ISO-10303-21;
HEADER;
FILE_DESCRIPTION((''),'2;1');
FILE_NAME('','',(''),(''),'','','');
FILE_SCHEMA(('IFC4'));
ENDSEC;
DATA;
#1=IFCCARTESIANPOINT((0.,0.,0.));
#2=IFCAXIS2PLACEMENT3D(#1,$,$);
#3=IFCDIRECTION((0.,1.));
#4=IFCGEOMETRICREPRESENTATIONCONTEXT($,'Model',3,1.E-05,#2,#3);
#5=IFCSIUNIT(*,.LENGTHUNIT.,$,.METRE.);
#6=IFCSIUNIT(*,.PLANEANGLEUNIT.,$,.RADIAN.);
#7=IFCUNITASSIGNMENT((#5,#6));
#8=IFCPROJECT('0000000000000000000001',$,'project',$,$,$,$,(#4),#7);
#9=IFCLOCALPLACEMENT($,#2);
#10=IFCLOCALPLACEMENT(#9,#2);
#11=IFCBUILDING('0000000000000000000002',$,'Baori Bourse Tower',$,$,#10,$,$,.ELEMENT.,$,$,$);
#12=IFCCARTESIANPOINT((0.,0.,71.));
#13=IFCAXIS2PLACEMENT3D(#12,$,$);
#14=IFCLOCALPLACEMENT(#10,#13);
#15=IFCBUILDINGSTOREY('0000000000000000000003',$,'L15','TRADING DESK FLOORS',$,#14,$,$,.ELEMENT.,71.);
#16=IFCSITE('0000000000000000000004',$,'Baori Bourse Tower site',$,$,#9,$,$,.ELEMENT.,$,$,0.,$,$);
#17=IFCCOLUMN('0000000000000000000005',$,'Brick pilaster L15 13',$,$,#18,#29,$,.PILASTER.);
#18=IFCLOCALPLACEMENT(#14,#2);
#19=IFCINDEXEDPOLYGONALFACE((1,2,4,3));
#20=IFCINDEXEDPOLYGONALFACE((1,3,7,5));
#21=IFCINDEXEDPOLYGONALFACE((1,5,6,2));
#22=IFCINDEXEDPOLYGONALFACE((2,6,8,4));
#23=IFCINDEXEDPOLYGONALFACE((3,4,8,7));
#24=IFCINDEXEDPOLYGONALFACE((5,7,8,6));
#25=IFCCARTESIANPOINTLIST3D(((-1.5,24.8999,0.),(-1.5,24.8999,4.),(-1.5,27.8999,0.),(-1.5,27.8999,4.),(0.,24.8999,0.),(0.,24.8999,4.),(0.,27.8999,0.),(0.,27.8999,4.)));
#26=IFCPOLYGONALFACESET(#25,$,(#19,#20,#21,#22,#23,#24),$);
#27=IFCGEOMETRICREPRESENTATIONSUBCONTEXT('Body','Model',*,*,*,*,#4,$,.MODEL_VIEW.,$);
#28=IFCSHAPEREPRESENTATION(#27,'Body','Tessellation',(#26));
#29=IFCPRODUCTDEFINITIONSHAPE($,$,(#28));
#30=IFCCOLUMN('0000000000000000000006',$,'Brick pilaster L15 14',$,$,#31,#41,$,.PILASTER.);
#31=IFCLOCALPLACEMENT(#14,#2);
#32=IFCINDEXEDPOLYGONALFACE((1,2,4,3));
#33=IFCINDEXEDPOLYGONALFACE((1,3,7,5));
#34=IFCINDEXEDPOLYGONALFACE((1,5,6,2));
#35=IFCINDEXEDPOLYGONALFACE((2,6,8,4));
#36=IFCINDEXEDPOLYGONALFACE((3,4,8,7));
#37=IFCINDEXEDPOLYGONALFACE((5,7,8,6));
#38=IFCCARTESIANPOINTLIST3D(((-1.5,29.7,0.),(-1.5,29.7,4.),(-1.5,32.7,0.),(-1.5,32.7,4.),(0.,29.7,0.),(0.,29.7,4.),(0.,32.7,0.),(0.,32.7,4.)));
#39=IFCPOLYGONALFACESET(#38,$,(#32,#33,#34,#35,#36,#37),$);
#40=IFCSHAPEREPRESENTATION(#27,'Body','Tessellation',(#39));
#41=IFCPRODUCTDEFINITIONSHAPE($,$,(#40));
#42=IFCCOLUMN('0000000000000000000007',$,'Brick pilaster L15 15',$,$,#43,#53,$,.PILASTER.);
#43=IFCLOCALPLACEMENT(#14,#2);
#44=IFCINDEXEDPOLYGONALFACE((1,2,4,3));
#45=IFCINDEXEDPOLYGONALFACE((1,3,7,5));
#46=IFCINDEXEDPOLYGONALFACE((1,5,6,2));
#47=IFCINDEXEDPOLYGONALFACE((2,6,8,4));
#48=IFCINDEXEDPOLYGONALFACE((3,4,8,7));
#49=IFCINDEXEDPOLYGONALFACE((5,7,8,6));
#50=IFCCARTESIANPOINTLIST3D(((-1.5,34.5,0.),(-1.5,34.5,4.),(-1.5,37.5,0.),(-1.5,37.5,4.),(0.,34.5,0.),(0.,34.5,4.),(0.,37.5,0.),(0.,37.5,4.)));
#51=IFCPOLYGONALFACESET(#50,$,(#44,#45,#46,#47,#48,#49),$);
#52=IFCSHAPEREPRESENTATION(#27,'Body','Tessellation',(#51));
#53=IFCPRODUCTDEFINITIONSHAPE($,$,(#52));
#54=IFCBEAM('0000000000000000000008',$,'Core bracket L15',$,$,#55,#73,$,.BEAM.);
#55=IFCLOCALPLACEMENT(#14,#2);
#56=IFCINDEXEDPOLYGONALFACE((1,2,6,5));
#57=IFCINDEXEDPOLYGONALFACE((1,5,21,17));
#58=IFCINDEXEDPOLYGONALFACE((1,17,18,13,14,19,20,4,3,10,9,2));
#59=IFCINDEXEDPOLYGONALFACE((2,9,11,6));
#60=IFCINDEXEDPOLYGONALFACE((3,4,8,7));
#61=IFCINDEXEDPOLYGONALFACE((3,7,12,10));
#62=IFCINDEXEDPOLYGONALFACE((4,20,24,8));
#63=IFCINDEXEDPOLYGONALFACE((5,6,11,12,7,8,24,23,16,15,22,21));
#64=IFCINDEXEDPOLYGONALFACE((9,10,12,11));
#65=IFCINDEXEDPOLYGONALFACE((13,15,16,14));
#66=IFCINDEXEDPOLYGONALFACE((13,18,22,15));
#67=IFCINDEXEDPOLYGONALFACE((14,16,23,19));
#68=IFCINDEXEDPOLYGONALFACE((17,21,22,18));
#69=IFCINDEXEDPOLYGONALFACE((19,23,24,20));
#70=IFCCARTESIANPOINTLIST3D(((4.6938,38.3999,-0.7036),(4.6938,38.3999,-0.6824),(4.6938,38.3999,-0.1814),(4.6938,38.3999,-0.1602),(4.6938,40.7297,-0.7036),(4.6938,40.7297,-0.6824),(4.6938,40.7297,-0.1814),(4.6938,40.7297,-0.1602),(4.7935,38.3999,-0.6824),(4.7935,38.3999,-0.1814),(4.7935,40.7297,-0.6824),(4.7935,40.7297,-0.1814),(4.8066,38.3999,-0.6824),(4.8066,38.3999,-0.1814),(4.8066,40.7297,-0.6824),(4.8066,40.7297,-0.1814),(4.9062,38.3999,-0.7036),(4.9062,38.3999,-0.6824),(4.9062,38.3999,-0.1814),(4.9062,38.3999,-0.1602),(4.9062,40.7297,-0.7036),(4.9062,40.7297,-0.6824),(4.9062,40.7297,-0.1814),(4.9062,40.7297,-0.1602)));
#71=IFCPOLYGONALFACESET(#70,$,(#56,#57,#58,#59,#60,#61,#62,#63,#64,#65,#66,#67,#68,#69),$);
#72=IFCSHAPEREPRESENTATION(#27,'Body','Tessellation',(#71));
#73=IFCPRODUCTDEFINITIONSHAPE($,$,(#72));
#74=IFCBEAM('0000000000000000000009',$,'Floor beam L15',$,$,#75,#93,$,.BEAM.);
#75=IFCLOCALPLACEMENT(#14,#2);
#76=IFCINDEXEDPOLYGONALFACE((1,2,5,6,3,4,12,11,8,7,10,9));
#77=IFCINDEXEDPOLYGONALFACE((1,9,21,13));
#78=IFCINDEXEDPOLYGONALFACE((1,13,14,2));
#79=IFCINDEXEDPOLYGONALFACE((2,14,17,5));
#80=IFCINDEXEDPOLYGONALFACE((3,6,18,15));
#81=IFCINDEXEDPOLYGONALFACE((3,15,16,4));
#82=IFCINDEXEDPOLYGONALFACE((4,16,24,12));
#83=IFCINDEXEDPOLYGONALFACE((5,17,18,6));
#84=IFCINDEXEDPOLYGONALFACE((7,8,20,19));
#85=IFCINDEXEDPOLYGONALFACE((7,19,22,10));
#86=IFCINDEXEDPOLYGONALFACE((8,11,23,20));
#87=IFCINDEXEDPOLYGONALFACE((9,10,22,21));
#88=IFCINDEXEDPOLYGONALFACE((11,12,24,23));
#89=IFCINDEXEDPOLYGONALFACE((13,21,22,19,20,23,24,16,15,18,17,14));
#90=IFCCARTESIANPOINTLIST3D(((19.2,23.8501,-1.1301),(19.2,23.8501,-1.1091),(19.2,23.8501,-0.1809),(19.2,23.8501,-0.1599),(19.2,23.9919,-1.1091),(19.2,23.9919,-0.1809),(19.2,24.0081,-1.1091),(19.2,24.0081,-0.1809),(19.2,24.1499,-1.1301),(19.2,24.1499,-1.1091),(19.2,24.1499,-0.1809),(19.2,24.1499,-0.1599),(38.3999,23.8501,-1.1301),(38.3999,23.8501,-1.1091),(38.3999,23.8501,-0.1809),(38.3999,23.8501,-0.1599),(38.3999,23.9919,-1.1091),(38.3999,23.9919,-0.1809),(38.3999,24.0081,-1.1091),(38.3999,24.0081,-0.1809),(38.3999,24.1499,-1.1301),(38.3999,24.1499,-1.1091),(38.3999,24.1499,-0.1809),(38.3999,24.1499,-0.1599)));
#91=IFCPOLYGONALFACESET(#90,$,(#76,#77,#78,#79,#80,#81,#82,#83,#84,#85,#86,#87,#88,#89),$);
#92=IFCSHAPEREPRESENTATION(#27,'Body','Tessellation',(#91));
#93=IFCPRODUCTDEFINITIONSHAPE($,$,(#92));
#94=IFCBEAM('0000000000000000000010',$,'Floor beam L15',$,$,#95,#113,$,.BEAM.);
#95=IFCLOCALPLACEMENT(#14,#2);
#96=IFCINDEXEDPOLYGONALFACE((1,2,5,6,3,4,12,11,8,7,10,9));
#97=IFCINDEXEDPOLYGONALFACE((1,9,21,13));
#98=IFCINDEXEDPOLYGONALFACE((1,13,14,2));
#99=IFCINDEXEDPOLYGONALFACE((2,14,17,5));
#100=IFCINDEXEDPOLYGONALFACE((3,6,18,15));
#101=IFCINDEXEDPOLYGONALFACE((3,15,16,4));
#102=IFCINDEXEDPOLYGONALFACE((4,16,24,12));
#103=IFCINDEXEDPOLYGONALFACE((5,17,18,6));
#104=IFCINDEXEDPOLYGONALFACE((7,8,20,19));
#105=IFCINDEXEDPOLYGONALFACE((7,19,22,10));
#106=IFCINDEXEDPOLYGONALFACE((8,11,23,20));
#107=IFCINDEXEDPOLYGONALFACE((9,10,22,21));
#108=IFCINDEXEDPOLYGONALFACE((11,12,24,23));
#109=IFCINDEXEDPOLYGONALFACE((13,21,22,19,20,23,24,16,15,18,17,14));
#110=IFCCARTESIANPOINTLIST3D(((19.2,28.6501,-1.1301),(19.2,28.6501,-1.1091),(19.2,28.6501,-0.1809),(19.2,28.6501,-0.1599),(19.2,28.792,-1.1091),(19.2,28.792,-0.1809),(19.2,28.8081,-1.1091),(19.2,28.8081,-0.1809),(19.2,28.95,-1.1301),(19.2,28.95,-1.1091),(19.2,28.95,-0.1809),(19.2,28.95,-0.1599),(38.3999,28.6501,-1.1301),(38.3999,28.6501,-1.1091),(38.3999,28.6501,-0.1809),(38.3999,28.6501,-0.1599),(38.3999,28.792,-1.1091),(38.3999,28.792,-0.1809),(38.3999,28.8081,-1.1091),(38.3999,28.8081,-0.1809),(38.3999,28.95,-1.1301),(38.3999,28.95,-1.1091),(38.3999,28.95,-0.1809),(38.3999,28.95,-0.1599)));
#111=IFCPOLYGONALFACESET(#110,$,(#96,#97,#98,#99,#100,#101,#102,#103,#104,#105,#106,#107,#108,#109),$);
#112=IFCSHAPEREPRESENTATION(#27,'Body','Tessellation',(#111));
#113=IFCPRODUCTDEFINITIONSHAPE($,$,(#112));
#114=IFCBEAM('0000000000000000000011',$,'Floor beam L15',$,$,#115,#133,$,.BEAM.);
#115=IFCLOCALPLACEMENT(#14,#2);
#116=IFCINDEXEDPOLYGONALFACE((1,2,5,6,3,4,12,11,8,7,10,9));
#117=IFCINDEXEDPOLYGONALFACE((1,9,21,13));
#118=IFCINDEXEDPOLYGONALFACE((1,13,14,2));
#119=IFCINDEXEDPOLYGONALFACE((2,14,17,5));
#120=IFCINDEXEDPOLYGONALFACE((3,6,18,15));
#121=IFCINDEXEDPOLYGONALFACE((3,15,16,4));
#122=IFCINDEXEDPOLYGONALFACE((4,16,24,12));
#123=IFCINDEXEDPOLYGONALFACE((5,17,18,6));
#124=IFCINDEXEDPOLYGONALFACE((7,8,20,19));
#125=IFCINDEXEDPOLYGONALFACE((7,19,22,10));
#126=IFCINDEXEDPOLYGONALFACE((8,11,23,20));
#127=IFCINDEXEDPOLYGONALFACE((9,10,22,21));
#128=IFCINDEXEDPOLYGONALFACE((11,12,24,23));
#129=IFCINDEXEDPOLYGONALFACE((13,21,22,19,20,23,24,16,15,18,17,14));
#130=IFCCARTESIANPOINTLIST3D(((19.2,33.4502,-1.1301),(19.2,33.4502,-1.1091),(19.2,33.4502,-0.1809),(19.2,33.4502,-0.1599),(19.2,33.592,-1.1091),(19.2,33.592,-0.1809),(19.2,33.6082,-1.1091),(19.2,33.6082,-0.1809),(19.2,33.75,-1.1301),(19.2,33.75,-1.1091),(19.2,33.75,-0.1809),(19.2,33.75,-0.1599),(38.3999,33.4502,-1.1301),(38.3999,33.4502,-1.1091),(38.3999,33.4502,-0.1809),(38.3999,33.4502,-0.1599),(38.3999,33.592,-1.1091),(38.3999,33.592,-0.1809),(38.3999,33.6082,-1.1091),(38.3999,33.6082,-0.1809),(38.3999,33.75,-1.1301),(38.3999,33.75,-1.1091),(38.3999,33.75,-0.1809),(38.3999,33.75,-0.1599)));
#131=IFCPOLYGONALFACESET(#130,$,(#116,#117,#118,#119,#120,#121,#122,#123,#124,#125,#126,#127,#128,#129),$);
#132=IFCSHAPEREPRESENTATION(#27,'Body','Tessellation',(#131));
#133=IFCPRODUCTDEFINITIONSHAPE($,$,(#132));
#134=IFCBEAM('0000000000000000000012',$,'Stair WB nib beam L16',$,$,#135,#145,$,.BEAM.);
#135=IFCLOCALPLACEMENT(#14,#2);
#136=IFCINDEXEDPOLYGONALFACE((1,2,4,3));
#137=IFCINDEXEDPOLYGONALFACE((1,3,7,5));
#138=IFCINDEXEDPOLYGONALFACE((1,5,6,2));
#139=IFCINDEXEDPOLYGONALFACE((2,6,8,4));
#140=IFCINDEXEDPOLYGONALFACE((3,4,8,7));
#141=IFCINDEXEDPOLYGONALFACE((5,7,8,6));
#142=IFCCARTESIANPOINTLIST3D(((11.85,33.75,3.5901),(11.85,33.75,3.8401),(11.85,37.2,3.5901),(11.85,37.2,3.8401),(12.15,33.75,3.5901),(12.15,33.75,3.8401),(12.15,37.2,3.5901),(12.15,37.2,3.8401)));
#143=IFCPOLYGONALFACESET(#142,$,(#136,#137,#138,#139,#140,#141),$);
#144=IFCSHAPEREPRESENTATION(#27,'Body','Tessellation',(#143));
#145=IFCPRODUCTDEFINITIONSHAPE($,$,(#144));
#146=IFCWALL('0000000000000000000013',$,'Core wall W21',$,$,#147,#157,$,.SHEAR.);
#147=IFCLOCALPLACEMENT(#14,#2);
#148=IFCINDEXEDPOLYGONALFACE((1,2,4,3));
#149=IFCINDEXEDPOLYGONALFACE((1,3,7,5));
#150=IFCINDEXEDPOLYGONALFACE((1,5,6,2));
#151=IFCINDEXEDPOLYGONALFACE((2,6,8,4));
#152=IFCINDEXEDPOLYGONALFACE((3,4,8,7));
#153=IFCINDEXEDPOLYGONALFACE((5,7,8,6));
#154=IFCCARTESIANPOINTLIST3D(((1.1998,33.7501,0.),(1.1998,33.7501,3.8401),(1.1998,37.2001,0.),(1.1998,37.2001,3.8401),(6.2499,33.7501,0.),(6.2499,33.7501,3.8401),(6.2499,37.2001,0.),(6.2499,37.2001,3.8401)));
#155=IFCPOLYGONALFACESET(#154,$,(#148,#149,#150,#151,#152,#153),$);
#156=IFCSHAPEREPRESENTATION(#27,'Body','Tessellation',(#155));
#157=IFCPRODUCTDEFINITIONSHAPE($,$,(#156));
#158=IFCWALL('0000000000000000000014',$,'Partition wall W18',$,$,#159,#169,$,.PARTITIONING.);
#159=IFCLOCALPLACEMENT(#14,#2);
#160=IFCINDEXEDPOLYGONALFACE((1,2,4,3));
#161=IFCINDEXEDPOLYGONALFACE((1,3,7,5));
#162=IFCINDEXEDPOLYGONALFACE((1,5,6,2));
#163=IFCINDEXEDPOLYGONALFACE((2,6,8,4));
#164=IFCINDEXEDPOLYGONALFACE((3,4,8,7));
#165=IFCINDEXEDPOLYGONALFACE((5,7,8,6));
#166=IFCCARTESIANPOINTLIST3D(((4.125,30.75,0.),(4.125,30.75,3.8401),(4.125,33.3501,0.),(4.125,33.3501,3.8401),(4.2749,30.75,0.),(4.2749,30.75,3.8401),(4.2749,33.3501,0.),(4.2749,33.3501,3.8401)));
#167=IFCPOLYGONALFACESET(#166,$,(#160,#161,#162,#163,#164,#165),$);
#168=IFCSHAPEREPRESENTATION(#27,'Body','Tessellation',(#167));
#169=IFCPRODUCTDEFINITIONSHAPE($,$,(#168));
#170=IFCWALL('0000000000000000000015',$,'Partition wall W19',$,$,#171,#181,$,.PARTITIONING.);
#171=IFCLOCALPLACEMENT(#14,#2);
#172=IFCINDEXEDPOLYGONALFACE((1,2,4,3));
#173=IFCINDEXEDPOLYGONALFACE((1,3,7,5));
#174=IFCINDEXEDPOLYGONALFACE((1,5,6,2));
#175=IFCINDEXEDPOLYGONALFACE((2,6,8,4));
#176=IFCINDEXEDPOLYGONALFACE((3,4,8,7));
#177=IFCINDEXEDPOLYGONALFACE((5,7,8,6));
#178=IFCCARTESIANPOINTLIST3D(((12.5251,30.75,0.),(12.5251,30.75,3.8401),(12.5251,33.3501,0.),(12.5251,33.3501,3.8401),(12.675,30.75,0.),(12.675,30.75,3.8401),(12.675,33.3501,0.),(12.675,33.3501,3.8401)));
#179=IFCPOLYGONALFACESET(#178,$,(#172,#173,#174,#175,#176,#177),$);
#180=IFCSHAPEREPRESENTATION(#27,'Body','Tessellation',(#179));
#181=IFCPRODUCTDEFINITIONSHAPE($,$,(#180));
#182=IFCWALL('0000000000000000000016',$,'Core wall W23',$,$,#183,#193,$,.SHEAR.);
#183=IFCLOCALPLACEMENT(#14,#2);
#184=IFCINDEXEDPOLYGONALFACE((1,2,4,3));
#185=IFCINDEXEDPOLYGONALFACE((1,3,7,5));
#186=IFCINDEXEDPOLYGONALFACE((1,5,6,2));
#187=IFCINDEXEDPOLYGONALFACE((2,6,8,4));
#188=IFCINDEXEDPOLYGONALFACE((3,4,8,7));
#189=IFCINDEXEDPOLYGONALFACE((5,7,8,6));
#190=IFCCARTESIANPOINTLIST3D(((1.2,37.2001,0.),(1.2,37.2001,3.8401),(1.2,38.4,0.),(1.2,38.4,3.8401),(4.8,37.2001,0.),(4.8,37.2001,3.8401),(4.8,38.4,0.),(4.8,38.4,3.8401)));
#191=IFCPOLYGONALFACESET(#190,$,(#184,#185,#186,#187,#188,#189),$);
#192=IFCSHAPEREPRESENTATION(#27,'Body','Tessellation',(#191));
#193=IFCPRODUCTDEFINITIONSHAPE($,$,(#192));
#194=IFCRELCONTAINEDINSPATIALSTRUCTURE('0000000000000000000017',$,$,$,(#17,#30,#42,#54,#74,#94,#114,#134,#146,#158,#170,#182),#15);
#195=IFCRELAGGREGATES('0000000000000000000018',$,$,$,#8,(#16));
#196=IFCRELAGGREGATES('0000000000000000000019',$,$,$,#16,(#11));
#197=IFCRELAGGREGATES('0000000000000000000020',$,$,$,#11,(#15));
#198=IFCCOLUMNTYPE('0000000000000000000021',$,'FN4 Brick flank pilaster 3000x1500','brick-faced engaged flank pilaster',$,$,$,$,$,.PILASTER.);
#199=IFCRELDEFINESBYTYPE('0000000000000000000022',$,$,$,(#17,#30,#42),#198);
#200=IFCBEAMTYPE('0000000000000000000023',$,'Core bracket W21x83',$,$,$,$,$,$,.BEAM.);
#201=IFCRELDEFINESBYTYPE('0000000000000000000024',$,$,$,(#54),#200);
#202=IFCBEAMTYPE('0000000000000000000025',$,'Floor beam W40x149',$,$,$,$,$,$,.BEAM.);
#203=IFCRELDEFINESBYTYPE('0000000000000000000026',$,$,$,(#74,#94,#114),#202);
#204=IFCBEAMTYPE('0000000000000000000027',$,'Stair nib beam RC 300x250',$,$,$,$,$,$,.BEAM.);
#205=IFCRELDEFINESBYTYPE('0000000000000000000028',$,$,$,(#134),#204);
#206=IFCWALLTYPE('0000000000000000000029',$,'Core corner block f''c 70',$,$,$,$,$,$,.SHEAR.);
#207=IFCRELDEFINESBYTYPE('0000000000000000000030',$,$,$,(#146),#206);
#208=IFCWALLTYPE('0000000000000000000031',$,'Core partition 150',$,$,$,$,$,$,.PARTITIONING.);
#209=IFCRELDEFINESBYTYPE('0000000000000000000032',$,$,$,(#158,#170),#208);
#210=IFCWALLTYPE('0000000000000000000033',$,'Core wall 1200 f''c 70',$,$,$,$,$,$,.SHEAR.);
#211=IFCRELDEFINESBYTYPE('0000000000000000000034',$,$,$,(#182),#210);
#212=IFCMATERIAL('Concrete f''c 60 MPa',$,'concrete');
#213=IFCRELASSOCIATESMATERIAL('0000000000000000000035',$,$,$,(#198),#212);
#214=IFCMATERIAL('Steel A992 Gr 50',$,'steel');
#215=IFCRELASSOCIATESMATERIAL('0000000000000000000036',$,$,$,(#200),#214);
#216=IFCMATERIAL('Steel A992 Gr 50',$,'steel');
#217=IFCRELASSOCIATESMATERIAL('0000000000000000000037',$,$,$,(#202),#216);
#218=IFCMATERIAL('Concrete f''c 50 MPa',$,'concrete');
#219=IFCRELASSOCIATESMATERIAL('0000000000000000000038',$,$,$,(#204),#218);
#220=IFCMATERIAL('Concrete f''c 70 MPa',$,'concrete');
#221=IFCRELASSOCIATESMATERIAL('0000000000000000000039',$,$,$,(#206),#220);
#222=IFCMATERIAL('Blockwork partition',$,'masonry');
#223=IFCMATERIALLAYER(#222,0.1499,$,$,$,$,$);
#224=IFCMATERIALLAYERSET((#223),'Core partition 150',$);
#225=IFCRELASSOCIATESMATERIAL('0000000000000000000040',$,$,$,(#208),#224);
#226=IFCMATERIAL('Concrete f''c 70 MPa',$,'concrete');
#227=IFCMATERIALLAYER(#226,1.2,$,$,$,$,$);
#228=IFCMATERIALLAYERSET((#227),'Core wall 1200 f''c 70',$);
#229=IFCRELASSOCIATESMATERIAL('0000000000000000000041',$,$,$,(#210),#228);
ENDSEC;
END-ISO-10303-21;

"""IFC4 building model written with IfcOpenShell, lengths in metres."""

from ifc_helpers import new_model, si_unit, direction, frame, frame_2d, origin, origin_2d, place, context, subcontext, project, spatial, rectangle, i_section, extrude, material, layer, layer_set, material_profile, profile_set, type_object, element, save


model = new_model("IFC4")

# Units and contexts
model_context = context("Model", 3, precision=1e-05, world=origin(), true_north=direction((0.0, 1.0)))
body_context = subcontext(model_context, "Body", "Model", "MODEL_VIEW")
ifc_project = project(units=[si_unit("LENGTHUNIT", "METRE"), si_unit("PLANEANGLEUNIT", "RADIAN")], contexts=[model_context])

# Site, building, storey
site_placement = place(None, origin())
site = spatial("IfcSite", under=ifc_project, at=site_placement, Name="Baori Bourse Tower site", CompositionType="ELEMENT", RefElevation=0.0)
building_placement = place(site_placement, origin())
building = spatial("IfcBuilding", under=site, at=building_placement, Name="Baori Bourse Tower", CompositionType="ELEMENT")
storey_placement = place(building_placement, frame((0.0, 0.0, 71.0)))
storey = spatial("IfcBuildingStorey", under=building, at=storey_placement, Name="L15", Description="TRADING DESK FLOORS", CompositionType="ELEMENT", Elevation=71.0)

# Columns
ifc_material_1 = material(Name="Concrete f'c 60 MPa", Category="concrete")
ifc_material_profile_1 = material_profile(ifc_material_1, rectangle(XDim=3.0, YDim=1.5, at=origin_2d()), Name="RC 3000x1500")
ifc_profile_set_1 = profile_set([ifc_material_profile_1], Name="Concrete f'c 60 MPa")
column_type = type_object("IfcColumnType", Name="FN4 Brick flank pilaster 3000x1500", Description="brick-faced engaged flank pilaster", PredefinedType="PILASTER", material=ifc_profile_set_1)
for number, where, z_axis, x_axis, name in (
    (1, (-0.75, 26.3999, 0.0), (0.0, 0.0, 1.0), (0.0, 1.0, 0.0), "Brick pilaster L15 13"),
    (2, (-0.75, 31.2, 0.0), (0.0, 0.0, 1.0), (0.0, 1.0, 0.0), "Brick pilaster L15 14"),
    (3, (-0.75, 36.0, 0.0), (0.0, 0.0, 1.0), (0.0, 1.0, 0.0), "Brick pilaster L15 15"),
):
    element("IfcColumn", number, at=place(storey_placement, frame(where, z_axis=z_axis, x_axis=x_axis)), inside=storey, type_object=column_type, Name=name, PredefinedType="PILASTER", context=body_context, shape_type="SweptSolid", body=[
        extrude(rectangle(XDim=3.0, YDim=1.5, at=origin_2d()), origin(), (0.0, 0.0, 1.0), 4.0),
    ])

# Beams
ifc_material_2 = material(Name="Steel A992 Gr 50", Category="steel")
ifc_material_profile_2 = material_profile(ifc_material_2, i_section(OverallWidth=0.2124, OverallDepth=0.5435, WebThickness=0.0132, FlangeThickness=0.0212, at=origin_2d()), Name="W21x83")
ifc_profile_set_2 = profile_set([ifc_material_profile_2], Name="Steel A992 Gr 50")
beam_type_1 = type_object("IfcBeamType", Name="Core bracket W21x83", PredefinedType="BEAM", material=ifc_profile_set_2)
beam_1_placement = place(storey_placement, frame((4.8, 38.3999, -0.4319), z_axis=(0.0, 1.0, 0.0), x_axis=(-1.0, 0.0, 0.0)))
element("IfcBeam", 4, at=beam_1_placement, inside=storey, type_object=beam_type_1, Name="Core bracket L15", PredefinedType="BEAM", context=body_context, shape_type="SweptSolid", body=[
    extrude(i_section(OverallWidth=0.2124, OverallDepth=0.5435, WebThickness=0.0132, FlangeThickness=0.0212, at=origin_2d()), origin(), (0.0, 0.0, 1.0), 2.3298),
])
ifc_material_3 = material(Name="Steel A992 Gr 50", Category="steel")
ifc_material_profile_3 = material_profile(ifc_material_3, i_section(OverallWidth=0.2998, OverallDepth=0.9702, WebThickness=0.0161, FlangeThickness=0.021, at=origin_2d()), Name="W40x149")
ifc_profile_set_3 = profile_set([ifc_material_profile_3], Name="Steel A992 Gr 50")
beam_type_2 = type_object("IfcBeamType", Name="Floor beam W40x149", PredefinedType="BEAM", material=ifc_profile_set_3)
for number, where, z_axis, x_axis, name in (
    (5, (19.2, 24.0, -0.645), (1.0, 0.0, 0.0), (0.0, 1.0, 0.0), "Floor beam L15"),
    (6, (19.2, 28.8, -0.645), (1.0, 0.0, 0.0), (0.0, 1.0, 0.0), "Floor beam L15"),
    (7, (19.2, 33.6001, -0.645), (1.0, 0.0, 0.0), (0.0, 1.0, 0.0), "Floor beam L15"),
):
    element("IfcBeam", number, at=place(storey_placement, frame(where, z_axis=z_axis, x_axis=x_axis)), inside=storey, type_object=beam_type_2, Name=name, PredefinedType="BEAM", context=body_context, shape_type="SweptSolid", body=[
        extrude(i_section(OverallWidth=0.2998, OverallDepth=0.9702, WebThickness=0.0161, FlangeThickness=0.021, at=origin_2d()), origin(), (0.0, 0.0, 1.0), 19.2),
    ])
ifc_material_4 = material(Name="Concrete f'c 50 MPa", Category="concrete")
ifc_material_profile_4 = material_profile(ifc_material_4, rectangle(XDim=0.3, YDim=0.25, at=origin_2d()), Name="RC 300x250")
ifc_profile_set_4 = profile_set([ifc_material_profile_4], Name="Concrete f'c 50 MPa")
beam_type_3 = type_object("IfcBeamType", Name="Stair nib beam RC 300x250", PredefinedType="BEAM", material=ifc_profile_set_4)
beam_2_placement = place(storey_placement, frame((12.0, 33.75, 3.7151), z_axis=(0.0, 1.0, 0.0), x_axis=(-1.0, 0.0, 0.0)))
element("IfcBeam", 8, at=beam_2_placement, inside=storey, type_object=beam_type_3, Name="Stair WB nib beam L16", PredefinedType="BEAM", context=body_context, shape_type="SweptSolid", body=[
    extrude(rectangle(XDim=0.3, YDim=0.25, at=origin_2d()), origin(), (0.0, 0.0, 1.0), 3.45),
])

# Walls
ifc_material_5 = material(Name="Concrete f'c 70 MPa", Category="concrete")
wall_type_1 = type_object("IfcWallType", Name="Core corner block f'c 70", PredefinedType="SHEAR", material=ifc_material_5)
wall_1_placement = place(storey_placement, frame((1.2, 35.4751, 0.0), z_axis=(0.0, 0.0, 1.0), x_axis=(1.0, 0.0, 0.0)))
element("IfcWall", 9, at=wall_1_placement, inside=storey, type_object=wall_type_1, Name="Core wall W21", PredefinedType="SHEAR", context=body_context, shape_type="SweptSolid", body=[
    extrude(rectangle(XDim=5.05, YDim=3.45, at=frame_2d((2.5249, 0.0))), origin(), (0.0, 0.0, 1.0), 3.8401),
])
ifc_material_6 = material(Name="Blockwork partition", Category="masonry")
ifc_layer_1 = layer(ifc_material_6, 0.1499)
ifc_layer_set_1 = layer_set([ifc_layer_1], Name="Core partition 150")
wall_type_2 = type_object("IfcWallType", Name="Core partition 150", PredefinedType="PARTITIONING", material=ifc_layer_set_1)
for number, where, z_axis, x_axis, name in (
    (10, (4.2, 30.75, 0.0), (0.0, 0.0, 1.0), (0.0, 1.0, 0.0), "Partition wall W18"),
    (11, (12.6001, 30.75, 0.0), (0.0, 0.0, 1.0), (0.0, 1.0, 0.0), "Partition wall W19"),
):
    element("IfcWall", number, at=place(storey_placement, frame(where, z_axis=z_axis, x_axis=x_axis)), inside=storey, type_object=wall_type_2, Name=name, PredefinedType="PARTITIONING", context=body_context, shape_type="SweptSolid", body=[
        extrude(rectangle(XDim=2.6001, YDim=0.1499, at=frame_2d((1.3, 0.0))), origin(), (0.0, 0.0, 1.0), 3.8401),
    ])
ifc_material_7 = material(Name="Concrete f'c 70 MPa", Category="concrete")
ifc_layer_2 = layer(ifc_material_7, 1.2)
ifc_layer_set_2 = layer_set([ifc_layer_2], Name="Core wall 1200 f'c 70")
wall_type_3 = type_object("IfcWallType", Name="Core wall 1200 f'c 70", PredefinedType="SHEAR", material=ifc_layer_set_2)
wall_2_placement = place(storey_placement, frame((1.2, 37.8, 0.0), z_axis=(0.0, 0.0, 1.0), x_axis=(1.0, 0.0, 0.0)))
element("IfcWall", 12, at=wall_2_placement, inside=storey, type_object=wall_type_3, Name="Core wall W23", PredefinedType="SHEAR", context=body_context, shape_type="SweptSolid", body=[
    extrude(rectangle(XDim=3.6001, YDim=1.2, at=frame_2d((1.8, 0.0))), origin(), (0.0, 0.0, 1.0), 3.8401),
])

save(model, "model.ifc")
